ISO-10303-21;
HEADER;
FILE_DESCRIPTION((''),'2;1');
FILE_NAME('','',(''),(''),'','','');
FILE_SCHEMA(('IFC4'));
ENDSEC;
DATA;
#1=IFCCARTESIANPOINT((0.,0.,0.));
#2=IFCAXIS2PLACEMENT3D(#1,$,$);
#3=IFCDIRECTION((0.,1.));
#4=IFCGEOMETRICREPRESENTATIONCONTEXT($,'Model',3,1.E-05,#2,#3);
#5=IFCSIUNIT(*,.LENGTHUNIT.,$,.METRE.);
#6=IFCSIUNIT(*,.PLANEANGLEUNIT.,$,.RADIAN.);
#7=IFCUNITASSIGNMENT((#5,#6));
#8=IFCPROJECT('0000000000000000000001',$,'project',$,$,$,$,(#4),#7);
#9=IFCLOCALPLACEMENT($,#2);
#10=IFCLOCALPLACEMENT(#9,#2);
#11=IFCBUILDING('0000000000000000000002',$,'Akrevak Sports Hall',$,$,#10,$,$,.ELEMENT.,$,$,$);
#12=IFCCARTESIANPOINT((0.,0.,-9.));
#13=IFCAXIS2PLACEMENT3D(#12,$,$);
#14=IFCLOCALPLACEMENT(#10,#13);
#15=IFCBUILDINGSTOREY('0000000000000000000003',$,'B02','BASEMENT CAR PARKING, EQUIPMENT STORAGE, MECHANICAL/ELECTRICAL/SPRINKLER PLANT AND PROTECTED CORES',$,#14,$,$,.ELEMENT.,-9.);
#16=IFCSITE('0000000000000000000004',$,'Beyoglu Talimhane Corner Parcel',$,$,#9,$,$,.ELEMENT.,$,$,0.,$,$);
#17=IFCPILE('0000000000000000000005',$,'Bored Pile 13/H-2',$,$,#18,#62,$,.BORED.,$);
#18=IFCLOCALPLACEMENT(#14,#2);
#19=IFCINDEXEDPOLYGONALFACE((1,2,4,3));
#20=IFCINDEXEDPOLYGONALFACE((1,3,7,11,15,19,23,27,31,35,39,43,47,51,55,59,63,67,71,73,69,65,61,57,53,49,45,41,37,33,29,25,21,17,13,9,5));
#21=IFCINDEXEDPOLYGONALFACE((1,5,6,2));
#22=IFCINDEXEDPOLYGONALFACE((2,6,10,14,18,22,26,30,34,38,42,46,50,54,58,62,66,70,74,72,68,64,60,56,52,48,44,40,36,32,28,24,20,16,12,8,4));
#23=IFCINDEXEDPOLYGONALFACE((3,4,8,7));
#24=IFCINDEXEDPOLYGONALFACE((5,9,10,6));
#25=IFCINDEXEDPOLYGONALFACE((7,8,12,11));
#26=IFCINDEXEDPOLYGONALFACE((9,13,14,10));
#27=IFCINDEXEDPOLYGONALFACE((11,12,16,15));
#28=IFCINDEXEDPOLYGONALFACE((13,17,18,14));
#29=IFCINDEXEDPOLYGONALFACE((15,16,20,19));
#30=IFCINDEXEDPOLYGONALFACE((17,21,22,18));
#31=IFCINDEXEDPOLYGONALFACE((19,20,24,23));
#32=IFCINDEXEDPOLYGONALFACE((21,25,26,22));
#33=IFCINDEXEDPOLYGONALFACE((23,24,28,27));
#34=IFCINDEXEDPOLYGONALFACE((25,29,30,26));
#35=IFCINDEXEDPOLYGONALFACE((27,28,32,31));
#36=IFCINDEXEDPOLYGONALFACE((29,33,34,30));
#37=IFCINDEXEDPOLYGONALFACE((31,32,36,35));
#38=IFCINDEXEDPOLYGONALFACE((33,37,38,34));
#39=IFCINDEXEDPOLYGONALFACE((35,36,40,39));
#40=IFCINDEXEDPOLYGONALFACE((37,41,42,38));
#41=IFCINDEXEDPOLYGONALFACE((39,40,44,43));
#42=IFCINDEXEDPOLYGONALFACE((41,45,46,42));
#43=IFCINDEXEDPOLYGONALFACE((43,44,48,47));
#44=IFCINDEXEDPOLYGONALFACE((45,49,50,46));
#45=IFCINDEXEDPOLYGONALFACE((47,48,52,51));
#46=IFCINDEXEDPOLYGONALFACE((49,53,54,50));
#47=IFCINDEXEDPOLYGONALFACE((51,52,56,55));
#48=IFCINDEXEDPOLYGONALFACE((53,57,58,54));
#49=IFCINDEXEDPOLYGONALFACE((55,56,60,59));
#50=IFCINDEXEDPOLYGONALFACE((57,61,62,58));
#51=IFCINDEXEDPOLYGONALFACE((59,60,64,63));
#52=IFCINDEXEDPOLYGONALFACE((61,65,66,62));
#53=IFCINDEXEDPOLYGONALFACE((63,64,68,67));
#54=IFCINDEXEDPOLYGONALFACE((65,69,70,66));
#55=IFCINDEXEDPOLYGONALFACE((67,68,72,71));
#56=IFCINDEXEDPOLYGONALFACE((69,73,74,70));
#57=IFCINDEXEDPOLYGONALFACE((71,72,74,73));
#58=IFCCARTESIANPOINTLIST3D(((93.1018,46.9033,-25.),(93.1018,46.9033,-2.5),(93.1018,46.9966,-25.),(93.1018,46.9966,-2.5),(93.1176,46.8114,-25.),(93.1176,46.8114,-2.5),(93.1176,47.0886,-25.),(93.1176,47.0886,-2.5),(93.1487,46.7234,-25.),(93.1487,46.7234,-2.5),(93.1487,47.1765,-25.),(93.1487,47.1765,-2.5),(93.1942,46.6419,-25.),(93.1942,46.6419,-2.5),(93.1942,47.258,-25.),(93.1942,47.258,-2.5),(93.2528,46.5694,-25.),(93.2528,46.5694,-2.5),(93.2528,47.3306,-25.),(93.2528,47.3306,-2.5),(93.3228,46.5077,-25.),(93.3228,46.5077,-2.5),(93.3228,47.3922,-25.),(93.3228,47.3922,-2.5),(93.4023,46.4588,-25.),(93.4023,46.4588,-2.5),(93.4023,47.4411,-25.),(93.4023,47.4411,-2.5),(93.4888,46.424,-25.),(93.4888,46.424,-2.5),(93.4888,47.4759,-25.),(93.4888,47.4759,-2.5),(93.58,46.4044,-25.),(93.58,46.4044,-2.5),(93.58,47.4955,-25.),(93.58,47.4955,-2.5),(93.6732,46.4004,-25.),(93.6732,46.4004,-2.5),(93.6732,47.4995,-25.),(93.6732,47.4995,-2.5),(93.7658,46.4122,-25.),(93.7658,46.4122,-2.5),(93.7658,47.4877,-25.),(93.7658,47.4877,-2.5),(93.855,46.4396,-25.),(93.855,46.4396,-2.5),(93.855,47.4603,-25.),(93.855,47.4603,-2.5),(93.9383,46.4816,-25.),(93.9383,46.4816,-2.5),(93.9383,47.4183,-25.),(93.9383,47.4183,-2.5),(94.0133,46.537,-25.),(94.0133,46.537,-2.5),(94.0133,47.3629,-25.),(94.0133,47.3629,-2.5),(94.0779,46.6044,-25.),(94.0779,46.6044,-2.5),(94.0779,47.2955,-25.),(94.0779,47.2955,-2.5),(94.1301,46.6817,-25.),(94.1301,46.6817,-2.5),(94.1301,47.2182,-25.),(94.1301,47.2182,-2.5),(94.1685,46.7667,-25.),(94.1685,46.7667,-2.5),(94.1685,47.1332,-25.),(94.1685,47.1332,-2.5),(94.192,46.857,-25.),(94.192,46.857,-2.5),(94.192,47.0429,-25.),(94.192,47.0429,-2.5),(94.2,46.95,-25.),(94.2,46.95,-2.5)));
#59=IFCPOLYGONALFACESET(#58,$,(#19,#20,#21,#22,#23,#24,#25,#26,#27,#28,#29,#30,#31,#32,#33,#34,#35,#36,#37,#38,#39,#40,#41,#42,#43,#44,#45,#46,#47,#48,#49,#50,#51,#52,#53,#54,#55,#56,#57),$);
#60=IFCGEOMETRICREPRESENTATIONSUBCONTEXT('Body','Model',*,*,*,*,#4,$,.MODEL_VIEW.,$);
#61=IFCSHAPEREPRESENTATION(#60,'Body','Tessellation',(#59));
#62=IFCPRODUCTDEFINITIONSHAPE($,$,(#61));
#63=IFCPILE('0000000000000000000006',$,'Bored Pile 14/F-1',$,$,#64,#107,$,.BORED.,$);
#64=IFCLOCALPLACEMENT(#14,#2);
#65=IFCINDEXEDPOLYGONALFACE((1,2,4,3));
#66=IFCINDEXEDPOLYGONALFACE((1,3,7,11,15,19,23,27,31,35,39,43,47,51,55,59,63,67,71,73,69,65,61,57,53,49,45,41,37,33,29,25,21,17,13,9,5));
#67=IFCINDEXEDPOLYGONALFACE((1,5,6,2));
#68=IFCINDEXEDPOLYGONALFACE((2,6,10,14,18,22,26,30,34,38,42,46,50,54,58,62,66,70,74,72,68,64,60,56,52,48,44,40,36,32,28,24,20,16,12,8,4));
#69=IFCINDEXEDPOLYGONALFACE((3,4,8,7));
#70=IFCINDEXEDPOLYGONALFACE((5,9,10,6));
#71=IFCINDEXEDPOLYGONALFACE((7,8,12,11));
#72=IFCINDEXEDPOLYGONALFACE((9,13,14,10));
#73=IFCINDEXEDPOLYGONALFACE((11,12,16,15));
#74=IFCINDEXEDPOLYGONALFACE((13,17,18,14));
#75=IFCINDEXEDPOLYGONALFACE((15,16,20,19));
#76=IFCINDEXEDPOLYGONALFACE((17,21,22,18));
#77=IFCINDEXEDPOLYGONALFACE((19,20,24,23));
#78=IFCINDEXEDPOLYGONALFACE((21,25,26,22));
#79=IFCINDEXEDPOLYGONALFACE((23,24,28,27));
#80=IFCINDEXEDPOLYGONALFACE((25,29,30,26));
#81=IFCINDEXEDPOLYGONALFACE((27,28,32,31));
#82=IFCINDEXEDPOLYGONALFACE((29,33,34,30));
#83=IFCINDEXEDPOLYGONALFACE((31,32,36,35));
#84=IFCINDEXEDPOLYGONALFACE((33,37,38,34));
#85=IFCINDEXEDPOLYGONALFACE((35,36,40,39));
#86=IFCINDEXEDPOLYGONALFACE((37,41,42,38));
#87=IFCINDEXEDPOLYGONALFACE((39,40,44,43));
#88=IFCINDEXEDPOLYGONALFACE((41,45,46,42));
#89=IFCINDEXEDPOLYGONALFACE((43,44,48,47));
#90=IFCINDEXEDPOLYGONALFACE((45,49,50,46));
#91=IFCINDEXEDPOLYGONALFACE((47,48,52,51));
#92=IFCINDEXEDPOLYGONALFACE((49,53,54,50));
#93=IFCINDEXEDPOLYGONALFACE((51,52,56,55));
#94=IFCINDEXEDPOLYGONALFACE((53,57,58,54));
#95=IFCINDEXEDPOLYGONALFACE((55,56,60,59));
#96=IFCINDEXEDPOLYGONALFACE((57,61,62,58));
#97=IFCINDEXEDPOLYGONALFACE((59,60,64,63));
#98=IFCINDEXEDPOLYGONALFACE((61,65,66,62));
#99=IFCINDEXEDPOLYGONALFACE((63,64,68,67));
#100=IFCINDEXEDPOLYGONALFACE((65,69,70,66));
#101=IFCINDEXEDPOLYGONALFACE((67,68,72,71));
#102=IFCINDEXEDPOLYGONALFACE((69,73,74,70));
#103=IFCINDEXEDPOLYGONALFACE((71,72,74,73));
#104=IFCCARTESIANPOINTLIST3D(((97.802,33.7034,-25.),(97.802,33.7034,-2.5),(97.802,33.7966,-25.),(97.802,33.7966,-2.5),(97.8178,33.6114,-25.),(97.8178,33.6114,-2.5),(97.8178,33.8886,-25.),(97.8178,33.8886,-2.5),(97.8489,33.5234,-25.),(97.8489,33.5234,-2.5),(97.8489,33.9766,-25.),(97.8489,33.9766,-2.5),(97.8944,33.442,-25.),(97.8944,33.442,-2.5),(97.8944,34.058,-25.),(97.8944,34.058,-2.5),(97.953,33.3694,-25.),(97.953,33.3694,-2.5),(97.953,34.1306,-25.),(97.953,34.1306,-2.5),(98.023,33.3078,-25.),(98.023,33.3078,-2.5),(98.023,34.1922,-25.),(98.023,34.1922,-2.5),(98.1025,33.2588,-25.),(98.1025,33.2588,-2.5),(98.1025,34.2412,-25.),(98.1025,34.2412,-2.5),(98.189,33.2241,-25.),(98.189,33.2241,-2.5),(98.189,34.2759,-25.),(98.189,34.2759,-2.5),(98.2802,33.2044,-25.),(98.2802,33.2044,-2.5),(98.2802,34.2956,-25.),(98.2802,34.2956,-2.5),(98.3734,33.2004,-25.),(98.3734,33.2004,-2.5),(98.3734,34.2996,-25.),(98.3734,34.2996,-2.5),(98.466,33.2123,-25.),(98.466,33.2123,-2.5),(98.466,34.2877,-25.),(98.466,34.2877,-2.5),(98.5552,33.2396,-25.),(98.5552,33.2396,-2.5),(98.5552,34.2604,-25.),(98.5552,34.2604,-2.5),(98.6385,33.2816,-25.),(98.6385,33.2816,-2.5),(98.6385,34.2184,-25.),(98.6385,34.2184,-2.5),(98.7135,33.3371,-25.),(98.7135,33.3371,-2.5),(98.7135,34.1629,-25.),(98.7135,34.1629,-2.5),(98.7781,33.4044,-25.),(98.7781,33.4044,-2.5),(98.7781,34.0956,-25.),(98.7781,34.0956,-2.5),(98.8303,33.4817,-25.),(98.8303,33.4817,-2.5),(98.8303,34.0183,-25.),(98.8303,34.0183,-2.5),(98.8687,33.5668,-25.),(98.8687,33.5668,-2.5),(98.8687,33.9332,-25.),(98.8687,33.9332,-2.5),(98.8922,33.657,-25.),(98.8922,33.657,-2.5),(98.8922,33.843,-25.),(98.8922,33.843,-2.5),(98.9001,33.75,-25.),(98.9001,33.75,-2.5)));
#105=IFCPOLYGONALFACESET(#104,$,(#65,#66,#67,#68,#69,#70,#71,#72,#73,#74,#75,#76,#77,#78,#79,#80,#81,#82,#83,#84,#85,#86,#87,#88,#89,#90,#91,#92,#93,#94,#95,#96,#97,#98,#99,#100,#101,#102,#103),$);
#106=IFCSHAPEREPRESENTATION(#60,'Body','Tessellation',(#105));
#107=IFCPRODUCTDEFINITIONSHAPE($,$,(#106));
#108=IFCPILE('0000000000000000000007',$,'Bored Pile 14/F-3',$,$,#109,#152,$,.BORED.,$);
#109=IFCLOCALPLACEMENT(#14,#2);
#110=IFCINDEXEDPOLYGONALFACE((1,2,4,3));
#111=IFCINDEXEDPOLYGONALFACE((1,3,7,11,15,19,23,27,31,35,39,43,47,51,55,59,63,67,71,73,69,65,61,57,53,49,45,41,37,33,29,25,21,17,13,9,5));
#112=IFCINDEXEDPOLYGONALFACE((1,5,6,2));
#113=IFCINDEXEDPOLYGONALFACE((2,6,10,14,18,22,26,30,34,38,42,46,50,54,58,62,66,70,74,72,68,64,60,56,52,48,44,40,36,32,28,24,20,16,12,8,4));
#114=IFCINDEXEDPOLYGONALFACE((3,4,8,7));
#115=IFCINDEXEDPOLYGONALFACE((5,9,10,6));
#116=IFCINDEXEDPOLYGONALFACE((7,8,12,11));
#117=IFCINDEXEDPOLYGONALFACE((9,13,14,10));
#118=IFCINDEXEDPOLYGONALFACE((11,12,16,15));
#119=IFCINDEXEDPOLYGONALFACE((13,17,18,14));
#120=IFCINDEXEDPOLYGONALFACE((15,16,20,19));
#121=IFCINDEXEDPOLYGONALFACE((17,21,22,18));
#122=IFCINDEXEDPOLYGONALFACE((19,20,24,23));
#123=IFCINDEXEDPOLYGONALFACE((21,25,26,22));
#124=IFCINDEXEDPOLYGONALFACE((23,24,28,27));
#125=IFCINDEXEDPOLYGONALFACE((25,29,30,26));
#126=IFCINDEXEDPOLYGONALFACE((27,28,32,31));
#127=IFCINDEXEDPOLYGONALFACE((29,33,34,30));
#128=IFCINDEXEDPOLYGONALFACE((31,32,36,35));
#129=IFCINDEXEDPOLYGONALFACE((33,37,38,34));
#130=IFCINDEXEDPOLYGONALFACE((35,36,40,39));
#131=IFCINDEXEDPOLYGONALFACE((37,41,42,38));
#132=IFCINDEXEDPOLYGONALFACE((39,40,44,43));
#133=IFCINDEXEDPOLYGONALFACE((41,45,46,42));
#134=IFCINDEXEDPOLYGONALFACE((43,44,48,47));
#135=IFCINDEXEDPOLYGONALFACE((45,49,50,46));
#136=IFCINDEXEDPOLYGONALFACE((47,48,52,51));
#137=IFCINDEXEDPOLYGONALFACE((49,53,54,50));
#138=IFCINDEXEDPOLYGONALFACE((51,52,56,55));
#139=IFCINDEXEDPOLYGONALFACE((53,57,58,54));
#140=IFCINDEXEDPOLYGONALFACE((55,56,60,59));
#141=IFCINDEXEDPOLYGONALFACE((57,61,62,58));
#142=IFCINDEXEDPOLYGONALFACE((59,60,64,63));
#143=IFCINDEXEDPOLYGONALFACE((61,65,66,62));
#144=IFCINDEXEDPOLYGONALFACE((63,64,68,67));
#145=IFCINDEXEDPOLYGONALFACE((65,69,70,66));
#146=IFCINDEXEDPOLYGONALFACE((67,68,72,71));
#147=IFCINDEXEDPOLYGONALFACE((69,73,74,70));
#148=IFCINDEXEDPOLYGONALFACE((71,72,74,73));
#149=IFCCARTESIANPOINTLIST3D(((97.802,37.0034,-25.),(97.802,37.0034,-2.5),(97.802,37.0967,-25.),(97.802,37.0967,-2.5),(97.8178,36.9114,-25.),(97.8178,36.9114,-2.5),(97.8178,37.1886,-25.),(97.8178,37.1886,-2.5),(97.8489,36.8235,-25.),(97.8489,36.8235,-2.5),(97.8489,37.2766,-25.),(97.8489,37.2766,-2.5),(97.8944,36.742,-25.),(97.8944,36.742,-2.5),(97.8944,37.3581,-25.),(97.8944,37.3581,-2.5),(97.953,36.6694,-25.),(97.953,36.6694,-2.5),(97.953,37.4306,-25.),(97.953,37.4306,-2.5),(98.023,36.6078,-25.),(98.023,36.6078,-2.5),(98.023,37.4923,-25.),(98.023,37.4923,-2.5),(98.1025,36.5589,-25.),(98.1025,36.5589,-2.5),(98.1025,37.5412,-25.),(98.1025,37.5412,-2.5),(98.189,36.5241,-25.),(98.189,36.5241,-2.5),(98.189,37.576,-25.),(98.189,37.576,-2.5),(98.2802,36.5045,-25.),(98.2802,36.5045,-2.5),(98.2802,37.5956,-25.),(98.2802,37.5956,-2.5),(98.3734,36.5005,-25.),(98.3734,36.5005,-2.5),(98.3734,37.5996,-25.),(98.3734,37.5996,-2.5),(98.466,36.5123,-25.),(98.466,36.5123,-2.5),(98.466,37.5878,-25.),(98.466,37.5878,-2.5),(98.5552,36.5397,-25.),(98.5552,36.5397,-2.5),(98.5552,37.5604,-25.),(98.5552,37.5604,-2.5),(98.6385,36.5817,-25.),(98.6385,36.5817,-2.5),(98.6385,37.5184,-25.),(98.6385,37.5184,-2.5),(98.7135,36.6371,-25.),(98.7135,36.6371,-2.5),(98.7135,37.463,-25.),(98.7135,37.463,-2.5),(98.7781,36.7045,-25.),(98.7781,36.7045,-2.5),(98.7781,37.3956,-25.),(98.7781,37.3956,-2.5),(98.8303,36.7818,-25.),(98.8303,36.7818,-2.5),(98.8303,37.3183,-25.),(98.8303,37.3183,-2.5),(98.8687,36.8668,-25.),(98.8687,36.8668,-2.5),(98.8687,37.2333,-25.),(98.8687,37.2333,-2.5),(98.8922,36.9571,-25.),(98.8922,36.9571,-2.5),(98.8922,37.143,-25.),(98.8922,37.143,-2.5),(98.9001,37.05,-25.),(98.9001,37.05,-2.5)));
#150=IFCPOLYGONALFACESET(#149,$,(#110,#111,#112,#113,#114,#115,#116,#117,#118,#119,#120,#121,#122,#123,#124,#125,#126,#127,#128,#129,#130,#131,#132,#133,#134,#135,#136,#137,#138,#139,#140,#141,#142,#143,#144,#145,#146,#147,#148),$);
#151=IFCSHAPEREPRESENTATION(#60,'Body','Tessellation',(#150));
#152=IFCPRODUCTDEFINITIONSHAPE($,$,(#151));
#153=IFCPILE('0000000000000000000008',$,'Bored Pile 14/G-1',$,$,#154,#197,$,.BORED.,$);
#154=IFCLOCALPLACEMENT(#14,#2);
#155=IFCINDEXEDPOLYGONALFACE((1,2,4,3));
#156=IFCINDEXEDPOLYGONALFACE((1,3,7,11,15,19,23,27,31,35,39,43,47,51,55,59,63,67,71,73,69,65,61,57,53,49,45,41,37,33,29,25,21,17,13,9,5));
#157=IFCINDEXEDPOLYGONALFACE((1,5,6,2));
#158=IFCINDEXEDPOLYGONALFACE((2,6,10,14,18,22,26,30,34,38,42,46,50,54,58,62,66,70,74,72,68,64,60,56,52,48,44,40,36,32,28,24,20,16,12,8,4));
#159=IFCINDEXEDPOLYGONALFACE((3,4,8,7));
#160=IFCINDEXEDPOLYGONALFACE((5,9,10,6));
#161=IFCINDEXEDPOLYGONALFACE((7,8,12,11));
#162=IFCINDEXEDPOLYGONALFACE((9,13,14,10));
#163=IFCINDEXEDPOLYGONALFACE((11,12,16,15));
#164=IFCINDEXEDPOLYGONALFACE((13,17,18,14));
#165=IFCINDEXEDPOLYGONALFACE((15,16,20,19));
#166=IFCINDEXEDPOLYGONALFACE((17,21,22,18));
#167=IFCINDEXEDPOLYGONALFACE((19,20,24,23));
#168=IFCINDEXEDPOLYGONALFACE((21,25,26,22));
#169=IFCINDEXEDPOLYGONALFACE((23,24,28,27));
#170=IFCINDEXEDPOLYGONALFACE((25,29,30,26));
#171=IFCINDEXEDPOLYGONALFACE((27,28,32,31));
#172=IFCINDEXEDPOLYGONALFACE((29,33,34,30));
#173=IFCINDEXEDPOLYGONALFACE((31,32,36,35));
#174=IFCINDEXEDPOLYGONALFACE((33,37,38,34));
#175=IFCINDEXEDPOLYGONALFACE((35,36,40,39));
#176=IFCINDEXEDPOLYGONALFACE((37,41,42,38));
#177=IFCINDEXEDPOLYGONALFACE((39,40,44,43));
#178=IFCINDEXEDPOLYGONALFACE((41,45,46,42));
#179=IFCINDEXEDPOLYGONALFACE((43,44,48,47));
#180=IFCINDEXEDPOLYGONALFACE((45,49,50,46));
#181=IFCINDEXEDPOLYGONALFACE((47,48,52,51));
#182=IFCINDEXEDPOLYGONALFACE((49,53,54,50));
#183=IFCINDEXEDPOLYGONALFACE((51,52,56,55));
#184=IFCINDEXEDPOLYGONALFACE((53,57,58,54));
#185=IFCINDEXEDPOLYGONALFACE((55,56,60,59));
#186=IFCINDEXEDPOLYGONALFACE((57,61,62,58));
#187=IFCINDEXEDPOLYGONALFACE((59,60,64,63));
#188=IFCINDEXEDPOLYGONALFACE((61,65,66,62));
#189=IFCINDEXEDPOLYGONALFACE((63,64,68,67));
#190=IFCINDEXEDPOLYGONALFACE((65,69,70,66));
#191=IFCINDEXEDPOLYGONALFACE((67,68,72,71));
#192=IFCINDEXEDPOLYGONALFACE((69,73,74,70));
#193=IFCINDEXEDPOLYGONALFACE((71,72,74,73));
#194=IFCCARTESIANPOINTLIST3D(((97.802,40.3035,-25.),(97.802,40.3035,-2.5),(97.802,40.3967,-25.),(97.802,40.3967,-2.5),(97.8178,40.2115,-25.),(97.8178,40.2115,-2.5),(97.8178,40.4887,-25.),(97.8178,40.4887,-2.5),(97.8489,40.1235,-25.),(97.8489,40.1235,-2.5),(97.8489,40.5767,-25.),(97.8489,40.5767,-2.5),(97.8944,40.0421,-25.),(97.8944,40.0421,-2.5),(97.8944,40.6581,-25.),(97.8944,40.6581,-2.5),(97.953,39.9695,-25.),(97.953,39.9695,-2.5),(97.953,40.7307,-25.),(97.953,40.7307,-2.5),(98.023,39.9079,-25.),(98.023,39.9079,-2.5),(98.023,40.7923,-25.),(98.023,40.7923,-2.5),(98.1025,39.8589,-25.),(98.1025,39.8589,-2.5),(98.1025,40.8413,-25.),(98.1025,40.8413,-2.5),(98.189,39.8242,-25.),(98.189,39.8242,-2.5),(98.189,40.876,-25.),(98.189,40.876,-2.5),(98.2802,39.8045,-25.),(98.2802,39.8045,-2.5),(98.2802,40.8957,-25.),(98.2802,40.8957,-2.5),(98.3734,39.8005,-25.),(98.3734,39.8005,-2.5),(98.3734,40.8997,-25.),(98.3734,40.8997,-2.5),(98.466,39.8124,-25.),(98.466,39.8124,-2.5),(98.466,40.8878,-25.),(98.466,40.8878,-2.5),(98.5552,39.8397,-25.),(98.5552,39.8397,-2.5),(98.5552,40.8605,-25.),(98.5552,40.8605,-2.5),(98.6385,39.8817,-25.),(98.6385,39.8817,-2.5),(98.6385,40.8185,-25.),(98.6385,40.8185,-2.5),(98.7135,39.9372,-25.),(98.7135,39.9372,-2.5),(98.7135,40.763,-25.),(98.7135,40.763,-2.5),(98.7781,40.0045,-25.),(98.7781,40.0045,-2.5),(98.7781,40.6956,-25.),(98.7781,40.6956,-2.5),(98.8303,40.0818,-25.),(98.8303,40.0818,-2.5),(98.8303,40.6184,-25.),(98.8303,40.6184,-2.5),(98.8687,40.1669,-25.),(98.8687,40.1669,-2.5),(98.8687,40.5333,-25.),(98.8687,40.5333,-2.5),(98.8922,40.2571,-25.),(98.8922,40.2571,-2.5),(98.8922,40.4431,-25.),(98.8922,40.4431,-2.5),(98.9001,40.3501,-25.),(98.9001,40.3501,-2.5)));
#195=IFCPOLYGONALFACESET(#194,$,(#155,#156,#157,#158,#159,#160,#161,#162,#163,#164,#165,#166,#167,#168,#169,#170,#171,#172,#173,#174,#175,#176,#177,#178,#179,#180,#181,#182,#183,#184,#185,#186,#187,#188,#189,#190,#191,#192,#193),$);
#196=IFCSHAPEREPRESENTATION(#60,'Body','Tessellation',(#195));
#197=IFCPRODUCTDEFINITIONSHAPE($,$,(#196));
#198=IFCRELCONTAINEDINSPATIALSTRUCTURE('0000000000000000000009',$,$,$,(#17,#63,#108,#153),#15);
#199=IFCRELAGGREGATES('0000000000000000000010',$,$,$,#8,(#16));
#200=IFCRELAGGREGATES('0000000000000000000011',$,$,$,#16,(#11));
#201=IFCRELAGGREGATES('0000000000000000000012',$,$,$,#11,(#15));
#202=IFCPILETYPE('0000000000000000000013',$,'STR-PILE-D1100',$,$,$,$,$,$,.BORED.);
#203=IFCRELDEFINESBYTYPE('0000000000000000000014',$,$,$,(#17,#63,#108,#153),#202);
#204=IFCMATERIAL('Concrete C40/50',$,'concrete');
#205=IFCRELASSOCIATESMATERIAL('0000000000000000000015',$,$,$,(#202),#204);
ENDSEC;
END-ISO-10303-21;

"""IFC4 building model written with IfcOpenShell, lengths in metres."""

from ifc_helpers import new_model, si_unit, direction, frame, origin, origin_2d, place, context, subcontext, project, spatial, circle, extrude, material, material_profile, profile_set, type_object, element, save


model = new_model("IFC4")

# Units and contexts
model_context = context("Model", 3, precision=1e-05, world=origin(), true_north=direction((0.0, 1.0)))
body_context = subcontext(model_context, "Body", "Model", "MODEL_VIEW")
ifc_project = project(units=[si_unit("LENGTHUNIT", "METRE"), si_unit("PLANEANGLEUNIT", "RADIAN")], contexts=[model_context])

# Site, building, storey
site_placement = place(None, origin())
site = spatial("IfcSite", under=ifc_project, at=site_placement, Name="Beyoglu Talimhane Corner Parcel", CompositionType="ELEMENT", RefElevation=0.0)
building_placement = place(site_placement, origin())
building = spatial("IfcBuilding", under=site, at=building_placement, Name="Akrevak Sports Hall", CompositionType="ELEMENT")
storey_placement = place(building_placement, frame((0.0, 0.0, -9.0)))
storey = spatial("IfcBuildingStorey", under=building, at=storey_placement, Name="B02", Description="BASEMENT CAR PARKING, EQUIPMENT STORAGE, MECHANICAL/ELECTRICAL/SPRINKLER PLANT AND PROTECTED CORES", CompositionType="ELEMENT", Elevation=-9.0)

# Shared definitions
ifc_material_1 = material(Name="Concrete C40/50", Category="concrete")

# Piles
ifc_material_profile_1 = material_profile(ifc_material_1, circle(Radius=0.55, at=origin_2d()), Name="BORED PILE D1100", Category="concrete")
ifc_profile_set_1 = profile_set([ifc_material_profile_1], Name="Concrete C40/50")
pile_type = type_object("IfcPileType", Name="STR-PILE-D1100", PredefinedType="BORED", material=ifc_profile_set_1)
for number, where, z_axis, x_axis, name in (
    (1, (93.6499, 46.95, -2.5), (0.0, 0.0, -1.0), (1.0, 0.0, 0.0), "Bored Pile 13/H-2"),
    (2, (98.3501, 33.75, -2.5), (0.0, 0.0, -1.0), (1.0, 0.0, 0.0), "Bored Pile 14/F-1"),
    (3, (98.3501, 37.05, -2.5), (0.0, 0.0, -1.0), (1.0, 0.0, 0.0), "Bored Pile 14/F-3"),
    (4, (98.3501, 40.3501, -2.5), (0.0, 0.0, -1.0), (1.0, 0.0, 0.0), "Bored Pile 14/G-1"),
):
    element("IfcPile", number, at=place(storey_placement, frame(where, z_axis=z_axis, x_axis=x_axis)), inside=storey, type_object=pile_type, Name=name, PredefinedType="BORED", context=body_context, shape_type="SweptSolid", body=[
        extrude(circle(Radius=0.55, at=origin_2d()), origin(), (0.0, 0.0, 1.0), 22.5),
    ])

save(model, "model.ifc")
